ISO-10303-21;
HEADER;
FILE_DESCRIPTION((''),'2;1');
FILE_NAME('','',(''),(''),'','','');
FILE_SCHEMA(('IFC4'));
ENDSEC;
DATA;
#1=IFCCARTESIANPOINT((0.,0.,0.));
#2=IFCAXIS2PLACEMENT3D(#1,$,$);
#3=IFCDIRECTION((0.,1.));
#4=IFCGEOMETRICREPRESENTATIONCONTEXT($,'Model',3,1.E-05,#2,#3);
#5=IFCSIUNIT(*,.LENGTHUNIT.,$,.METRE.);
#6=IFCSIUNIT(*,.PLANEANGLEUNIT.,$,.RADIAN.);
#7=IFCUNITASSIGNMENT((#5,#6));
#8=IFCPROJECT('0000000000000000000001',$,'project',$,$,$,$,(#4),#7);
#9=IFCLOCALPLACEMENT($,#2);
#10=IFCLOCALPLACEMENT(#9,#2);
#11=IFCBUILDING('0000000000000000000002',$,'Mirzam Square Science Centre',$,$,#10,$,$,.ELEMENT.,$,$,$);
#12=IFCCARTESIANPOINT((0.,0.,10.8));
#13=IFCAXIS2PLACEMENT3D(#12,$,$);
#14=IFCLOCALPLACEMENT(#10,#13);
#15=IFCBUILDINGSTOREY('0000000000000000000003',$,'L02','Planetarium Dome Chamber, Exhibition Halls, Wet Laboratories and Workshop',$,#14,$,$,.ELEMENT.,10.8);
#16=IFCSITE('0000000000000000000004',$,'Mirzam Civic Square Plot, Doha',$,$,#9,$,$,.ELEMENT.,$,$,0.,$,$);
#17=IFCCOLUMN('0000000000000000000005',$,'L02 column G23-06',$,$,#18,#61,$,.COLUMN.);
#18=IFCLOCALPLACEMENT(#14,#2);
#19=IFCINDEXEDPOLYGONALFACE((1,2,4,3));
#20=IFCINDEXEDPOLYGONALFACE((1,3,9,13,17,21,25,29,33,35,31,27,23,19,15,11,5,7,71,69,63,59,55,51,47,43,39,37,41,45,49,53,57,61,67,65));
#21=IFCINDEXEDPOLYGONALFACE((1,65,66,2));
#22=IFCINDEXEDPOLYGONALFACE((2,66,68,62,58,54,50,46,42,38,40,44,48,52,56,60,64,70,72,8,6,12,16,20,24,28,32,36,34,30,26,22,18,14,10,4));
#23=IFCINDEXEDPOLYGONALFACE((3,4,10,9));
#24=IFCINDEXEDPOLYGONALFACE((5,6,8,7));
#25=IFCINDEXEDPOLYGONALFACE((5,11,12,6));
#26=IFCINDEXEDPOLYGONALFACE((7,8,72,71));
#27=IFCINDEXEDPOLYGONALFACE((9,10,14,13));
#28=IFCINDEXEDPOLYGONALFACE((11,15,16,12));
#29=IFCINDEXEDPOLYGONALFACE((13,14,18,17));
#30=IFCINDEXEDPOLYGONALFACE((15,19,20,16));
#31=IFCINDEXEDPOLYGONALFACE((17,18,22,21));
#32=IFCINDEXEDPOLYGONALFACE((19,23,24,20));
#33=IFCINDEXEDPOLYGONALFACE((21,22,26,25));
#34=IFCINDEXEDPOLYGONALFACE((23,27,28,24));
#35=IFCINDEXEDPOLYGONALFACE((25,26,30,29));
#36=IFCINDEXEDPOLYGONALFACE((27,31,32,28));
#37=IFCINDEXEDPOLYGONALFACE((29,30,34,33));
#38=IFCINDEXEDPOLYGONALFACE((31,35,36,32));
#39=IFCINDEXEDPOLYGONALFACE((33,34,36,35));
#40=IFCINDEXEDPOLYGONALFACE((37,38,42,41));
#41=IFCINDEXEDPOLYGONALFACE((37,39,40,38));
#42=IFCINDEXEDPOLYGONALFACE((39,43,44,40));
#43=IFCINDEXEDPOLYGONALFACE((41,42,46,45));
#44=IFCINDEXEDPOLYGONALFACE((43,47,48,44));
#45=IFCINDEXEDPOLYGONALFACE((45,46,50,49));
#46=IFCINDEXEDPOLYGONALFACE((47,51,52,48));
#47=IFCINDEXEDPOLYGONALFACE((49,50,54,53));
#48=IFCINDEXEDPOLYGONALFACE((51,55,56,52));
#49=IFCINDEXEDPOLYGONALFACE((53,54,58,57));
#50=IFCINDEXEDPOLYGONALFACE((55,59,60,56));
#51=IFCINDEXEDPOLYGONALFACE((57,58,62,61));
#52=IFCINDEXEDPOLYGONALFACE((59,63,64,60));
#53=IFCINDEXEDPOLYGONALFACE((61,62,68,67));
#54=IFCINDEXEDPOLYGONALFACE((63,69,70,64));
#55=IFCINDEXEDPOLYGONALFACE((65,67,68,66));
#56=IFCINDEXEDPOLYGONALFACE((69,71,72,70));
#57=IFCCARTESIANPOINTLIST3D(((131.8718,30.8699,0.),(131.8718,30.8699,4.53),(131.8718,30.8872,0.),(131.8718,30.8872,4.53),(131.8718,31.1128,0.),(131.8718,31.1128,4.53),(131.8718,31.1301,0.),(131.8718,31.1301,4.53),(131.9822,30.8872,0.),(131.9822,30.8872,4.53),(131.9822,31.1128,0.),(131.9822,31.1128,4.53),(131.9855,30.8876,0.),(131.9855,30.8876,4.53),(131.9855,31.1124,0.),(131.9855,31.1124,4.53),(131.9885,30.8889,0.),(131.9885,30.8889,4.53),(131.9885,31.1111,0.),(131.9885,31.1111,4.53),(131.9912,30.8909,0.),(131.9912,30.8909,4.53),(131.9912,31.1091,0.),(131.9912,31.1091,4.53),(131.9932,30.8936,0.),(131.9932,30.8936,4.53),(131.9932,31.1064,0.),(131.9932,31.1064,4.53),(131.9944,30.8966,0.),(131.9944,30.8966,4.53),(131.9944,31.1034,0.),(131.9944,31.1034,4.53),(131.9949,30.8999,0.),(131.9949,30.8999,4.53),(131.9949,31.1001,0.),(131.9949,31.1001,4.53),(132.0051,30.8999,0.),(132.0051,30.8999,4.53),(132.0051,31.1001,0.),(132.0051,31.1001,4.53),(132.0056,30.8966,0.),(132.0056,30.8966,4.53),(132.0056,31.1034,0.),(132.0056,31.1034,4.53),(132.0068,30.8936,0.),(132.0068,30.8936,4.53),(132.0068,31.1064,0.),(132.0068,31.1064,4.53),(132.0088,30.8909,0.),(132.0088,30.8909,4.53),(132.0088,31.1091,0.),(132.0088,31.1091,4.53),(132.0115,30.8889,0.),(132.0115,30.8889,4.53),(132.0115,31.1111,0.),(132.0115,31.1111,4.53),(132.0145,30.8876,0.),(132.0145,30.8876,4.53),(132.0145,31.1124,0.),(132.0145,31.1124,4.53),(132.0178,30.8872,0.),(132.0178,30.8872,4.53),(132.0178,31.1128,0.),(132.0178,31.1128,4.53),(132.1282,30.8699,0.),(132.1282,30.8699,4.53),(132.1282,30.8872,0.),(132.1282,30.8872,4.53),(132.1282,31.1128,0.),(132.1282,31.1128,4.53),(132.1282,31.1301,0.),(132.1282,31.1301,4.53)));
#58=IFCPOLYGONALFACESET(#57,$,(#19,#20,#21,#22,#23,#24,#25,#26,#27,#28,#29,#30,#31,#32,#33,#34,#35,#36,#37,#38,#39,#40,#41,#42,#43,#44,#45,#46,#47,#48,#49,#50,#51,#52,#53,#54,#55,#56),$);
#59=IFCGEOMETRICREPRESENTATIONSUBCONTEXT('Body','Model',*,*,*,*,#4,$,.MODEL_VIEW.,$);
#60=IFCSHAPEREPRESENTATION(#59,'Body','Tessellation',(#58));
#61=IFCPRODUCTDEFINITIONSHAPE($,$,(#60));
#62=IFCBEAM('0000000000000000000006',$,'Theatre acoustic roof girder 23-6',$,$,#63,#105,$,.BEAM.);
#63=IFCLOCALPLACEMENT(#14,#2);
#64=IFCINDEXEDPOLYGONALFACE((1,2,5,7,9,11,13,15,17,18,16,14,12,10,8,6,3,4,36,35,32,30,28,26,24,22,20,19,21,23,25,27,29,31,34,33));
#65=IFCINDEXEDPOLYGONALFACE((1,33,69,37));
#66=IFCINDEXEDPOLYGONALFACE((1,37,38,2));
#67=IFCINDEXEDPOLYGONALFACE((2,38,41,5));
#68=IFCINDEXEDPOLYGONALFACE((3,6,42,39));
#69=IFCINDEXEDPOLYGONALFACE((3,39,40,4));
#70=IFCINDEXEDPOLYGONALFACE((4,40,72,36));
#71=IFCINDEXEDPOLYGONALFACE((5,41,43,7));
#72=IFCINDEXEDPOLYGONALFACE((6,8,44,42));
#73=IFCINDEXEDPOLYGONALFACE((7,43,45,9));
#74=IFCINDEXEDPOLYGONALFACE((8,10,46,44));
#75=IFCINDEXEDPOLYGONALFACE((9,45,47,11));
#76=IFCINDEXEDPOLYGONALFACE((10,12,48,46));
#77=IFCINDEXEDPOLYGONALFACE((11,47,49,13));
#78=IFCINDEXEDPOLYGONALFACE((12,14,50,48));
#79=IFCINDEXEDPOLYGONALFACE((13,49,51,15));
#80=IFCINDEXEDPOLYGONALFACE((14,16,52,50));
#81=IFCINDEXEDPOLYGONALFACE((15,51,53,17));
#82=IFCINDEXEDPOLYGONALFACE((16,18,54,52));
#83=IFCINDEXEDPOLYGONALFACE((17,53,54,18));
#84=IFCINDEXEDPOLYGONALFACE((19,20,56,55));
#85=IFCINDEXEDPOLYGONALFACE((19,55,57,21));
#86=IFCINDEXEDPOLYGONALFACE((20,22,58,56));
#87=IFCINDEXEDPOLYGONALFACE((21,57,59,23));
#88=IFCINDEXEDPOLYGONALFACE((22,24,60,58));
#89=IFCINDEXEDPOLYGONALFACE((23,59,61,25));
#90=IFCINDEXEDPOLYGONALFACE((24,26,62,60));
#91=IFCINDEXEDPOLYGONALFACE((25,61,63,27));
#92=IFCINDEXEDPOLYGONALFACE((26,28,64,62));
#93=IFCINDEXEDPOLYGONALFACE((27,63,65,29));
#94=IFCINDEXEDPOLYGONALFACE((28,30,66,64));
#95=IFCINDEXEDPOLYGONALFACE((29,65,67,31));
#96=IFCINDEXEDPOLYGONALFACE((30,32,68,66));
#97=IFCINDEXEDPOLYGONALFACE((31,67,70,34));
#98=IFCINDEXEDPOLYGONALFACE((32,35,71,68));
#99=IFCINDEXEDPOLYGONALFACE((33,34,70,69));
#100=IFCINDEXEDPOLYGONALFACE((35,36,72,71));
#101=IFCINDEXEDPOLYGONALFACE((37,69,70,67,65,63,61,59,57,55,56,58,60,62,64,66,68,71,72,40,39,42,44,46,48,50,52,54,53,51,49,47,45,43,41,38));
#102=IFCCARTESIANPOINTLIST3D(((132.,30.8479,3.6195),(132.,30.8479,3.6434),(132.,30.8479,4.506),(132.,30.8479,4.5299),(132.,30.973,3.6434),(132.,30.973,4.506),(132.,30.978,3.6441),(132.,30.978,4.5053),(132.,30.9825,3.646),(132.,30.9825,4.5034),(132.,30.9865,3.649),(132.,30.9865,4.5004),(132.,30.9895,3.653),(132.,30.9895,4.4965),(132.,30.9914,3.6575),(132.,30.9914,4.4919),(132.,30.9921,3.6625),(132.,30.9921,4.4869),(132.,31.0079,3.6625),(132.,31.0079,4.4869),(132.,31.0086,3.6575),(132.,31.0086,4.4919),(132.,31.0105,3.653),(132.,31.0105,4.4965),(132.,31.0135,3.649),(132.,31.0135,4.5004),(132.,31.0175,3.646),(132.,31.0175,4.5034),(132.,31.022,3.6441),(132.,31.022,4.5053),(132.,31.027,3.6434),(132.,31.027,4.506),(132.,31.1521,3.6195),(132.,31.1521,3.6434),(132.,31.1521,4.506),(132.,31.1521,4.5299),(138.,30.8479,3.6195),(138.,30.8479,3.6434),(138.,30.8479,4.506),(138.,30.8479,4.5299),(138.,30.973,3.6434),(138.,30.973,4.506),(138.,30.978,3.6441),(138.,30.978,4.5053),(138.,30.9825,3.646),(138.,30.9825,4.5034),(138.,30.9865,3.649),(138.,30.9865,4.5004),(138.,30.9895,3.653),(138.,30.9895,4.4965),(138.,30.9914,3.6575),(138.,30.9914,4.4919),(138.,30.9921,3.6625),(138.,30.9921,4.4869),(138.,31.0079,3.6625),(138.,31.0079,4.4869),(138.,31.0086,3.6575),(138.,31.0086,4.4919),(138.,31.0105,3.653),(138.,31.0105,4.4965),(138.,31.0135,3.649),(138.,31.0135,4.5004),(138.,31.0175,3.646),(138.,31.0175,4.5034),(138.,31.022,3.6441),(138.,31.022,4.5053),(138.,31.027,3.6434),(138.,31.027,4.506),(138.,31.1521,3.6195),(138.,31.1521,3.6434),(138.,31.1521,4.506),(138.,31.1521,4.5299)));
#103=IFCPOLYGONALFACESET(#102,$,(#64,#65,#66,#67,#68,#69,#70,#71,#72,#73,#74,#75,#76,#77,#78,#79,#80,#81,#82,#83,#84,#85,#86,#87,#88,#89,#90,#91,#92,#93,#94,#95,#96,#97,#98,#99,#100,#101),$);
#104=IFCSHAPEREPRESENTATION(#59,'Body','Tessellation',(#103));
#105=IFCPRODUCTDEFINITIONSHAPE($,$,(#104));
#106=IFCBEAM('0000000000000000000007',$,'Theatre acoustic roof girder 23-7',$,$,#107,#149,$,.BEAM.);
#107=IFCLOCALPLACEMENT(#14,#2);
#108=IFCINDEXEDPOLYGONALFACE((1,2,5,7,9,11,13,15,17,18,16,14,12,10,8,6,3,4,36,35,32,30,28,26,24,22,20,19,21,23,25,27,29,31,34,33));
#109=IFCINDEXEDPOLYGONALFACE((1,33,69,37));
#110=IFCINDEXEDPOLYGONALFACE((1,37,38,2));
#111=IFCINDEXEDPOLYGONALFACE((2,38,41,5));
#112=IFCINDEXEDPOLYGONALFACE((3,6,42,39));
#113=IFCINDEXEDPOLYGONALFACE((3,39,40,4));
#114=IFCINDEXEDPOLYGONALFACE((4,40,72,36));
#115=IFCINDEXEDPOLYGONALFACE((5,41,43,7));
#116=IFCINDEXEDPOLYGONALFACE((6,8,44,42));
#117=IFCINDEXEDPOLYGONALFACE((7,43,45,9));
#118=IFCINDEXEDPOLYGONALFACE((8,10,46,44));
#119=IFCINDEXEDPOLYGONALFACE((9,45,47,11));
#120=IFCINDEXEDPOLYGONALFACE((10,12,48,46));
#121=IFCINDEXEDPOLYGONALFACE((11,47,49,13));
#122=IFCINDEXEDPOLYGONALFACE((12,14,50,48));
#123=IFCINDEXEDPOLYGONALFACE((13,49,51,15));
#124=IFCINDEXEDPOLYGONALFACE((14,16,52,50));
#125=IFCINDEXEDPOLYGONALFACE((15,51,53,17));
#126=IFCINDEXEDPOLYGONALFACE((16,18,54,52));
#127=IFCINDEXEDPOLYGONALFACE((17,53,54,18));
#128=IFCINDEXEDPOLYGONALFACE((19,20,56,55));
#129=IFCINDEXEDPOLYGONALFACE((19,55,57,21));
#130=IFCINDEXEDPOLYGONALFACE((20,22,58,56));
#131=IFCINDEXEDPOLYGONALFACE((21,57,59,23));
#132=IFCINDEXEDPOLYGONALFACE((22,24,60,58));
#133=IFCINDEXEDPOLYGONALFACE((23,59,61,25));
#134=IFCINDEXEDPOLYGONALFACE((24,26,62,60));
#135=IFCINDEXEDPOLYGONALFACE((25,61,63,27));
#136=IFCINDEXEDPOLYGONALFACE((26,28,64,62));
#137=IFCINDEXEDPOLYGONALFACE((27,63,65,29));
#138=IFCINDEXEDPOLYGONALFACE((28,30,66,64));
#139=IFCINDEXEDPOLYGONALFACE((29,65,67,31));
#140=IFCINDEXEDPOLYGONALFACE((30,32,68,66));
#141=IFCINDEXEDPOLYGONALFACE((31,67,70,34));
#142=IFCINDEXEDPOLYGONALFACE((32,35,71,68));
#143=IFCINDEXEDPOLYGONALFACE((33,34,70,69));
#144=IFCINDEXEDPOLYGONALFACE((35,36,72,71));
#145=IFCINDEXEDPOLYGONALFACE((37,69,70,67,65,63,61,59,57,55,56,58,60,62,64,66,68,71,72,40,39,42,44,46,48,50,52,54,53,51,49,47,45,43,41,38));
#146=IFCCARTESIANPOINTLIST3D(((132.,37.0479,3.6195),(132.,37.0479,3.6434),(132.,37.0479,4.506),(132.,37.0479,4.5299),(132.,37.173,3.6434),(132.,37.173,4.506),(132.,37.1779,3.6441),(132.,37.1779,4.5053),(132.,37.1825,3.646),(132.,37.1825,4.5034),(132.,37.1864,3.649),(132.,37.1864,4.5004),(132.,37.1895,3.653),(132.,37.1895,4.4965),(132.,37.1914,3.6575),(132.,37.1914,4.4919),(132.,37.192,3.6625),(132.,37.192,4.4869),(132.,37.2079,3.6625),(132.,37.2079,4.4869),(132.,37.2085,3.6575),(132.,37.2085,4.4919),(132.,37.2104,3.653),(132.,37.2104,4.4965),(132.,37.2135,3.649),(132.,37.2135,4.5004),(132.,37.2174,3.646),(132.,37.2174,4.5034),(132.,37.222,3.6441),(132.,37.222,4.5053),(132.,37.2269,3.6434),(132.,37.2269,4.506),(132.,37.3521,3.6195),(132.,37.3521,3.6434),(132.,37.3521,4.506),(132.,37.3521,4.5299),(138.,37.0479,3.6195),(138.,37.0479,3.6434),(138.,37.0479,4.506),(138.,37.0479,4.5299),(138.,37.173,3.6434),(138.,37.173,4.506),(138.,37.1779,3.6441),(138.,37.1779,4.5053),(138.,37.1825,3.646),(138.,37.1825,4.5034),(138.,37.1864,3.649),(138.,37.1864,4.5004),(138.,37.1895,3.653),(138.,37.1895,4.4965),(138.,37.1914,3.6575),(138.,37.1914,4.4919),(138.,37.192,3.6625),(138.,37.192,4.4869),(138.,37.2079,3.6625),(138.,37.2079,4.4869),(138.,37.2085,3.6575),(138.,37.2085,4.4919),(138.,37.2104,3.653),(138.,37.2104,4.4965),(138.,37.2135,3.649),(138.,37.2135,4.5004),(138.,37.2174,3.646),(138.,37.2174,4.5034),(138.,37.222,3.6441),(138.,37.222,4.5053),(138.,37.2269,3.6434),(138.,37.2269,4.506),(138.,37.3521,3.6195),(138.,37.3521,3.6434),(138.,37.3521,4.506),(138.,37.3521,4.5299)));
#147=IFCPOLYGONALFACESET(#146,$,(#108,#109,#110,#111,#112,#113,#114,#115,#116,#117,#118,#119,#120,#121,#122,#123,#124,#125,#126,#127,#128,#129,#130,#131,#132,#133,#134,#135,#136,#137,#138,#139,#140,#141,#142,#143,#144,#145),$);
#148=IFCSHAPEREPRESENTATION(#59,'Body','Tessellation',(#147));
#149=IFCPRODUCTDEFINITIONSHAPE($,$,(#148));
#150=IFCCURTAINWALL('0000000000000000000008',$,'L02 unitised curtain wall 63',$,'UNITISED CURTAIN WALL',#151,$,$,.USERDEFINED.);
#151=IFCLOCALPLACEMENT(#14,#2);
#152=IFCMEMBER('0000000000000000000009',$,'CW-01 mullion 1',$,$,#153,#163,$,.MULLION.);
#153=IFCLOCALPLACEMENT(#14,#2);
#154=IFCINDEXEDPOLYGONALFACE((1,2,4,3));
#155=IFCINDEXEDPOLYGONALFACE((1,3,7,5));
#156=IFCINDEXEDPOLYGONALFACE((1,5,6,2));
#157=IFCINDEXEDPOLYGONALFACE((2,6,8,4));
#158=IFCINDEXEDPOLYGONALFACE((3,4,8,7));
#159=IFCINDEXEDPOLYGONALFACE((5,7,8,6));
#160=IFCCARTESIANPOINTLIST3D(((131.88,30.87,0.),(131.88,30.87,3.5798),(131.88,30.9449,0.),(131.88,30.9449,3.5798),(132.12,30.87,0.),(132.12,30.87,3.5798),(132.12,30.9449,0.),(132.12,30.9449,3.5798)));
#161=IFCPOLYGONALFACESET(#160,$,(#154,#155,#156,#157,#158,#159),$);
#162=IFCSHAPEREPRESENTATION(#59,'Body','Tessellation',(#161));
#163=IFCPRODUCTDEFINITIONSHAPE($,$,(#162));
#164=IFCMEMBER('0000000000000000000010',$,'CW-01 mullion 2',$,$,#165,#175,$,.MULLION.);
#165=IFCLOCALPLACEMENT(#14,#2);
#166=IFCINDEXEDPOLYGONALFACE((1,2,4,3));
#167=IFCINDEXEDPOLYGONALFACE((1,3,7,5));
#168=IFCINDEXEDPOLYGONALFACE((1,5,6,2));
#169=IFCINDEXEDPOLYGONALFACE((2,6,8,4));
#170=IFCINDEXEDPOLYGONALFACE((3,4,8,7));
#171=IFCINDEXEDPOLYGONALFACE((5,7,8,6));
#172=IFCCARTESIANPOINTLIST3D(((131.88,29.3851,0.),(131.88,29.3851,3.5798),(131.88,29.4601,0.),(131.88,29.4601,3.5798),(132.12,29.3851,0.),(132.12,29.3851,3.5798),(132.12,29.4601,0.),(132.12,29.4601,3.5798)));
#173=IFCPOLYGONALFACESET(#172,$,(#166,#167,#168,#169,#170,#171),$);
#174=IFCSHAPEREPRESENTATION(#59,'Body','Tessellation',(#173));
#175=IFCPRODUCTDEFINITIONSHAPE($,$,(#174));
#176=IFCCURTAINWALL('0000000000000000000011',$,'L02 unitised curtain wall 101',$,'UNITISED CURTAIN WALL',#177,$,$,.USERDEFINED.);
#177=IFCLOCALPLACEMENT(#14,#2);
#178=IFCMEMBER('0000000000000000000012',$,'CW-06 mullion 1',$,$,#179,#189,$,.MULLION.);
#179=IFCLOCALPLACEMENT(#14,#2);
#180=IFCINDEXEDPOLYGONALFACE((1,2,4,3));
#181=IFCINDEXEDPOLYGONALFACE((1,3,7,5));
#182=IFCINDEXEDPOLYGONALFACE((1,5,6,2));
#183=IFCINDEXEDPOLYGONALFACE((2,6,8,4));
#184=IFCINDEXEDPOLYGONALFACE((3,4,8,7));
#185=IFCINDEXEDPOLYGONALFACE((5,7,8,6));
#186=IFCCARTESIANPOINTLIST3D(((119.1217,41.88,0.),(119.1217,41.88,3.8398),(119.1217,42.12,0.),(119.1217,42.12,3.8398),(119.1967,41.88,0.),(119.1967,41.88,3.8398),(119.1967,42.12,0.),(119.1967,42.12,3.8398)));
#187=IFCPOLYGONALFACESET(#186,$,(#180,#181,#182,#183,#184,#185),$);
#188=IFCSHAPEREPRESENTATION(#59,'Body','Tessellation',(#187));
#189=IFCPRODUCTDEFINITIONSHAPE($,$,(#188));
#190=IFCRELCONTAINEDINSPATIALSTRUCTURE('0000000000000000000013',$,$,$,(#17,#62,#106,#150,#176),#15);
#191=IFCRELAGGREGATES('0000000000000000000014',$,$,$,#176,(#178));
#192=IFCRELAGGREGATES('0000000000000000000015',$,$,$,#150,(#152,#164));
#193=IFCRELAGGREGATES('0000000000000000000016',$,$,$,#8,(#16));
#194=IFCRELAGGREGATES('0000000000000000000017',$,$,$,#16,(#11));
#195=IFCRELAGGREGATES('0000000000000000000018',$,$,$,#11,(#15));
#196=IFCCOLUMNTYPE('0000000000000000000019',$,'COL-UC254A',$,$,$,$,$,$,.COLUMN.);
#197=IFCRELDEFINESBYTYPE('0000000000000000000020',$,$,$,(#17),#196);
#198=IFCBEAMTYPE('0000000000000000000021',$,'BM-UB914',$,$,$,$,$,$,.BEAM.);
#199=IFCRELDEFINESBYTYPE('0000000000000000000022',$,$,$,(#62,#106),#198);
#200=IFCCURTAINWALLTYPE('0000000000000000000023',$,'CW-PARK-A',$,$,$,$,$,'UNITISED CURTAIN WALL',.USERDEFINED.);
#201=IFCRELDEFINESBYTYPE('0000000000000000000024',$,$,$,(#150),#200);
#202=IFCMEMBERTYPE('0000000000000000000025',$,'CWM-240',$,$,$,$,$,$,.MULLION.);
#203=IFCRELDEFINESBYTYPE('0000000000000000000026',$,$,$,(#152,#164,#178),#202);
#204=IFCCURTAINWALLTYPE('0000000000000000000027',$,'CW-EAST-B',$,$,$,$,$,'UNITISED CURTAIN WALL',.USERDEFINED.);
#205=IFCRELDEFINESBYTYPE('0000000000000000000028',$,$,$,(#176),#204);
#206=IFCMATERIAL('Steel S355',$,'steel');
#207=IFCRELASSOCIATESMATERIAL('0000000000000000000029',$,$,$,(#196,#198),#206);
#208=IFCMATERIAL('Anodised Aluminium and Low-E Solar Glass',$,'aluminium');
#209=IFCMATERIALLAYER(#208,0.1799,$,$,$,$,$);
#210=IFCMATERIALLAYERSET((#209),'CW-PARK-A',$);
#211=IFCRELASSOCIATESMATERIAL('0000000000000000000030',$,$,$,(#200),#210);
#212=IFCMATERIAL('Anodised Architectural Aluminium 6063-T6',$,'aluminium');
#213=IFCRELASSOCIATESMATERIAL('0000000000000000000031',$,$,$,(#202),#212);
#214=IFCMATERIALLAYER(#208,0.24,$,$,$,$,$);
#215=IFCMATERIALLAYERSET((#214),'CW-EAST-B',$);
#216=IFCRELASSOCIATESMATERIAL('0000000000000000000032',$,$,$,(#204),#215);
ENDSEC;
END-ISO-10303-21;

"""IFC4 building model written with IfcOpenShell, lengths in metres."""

from ifc_helpers import new_model, si_unit, direction, frame, origin, origin_2d, place, context, subcontext, project, spatial, rectangle, i_section, extrude, material, layer, layer_set, material_profile, profile_set, type_object, element, aggregate, save


model = new_model("IFC4")

# Units and contexts
model_context = context("Model", 3, precision=1e-05, world=origin(), true_north=direction((0.0, 1.0)))
body_context = subcontext(model_context, "Body", "Model", "MODEL_VIEW")
ifc_project = project(units=[si_unit("LENGTHUNIT", "METRE"), si_unit("PLANEANGLEUNIT", "RADIAN")], contexts=[model_context])

# Site, building, storey
site_placement = place(None, origin())
site = spatial("IfcSite", under=ifc_project, at=site_placement, Name="Mirzam Civic Square Plot, Doha", CompositionType="ELEMENT", RefElevation=0.0)
building_placement = place(site_placement, origin())
building = spatial("IfcBuilding", under=site, at=building_placement, Name="Mirzam Square Science Centre", CompositionType="ELEMENT")
storey_placement = place(building_placement, frame((0.0, 0.0, 10.8)))
storey = spatial("IfcBuildingStorey", under=building, at=storey_placement, Name="L02", Description="Planetarium Dome Chamber, Exhibition Halls, Wet Laboratories and Workshop", CompositionType="ELEMENT", Elevation=10.8)

# Column
ifc_material_1 = material(Name="Steel S355", Category="steel")
ifc_material_profile_1 = material_profile(ifc_material_1, i_section(OverallWidth=0.2563, OverallDepth=0.2603, WebThickness=0.0103, FlangeThickness=0.0173, FilletRadius=0.0127, at=origin_2d()), Name="254x254x89UC")
ifc_profile_set_1 = profile_set([ifc_material_profile_1], Name="Steel S355")
column_type_1 = type_object("IfcColumnType", Name="COL-UC254A", PredefinedType="COLUMN", material=ifc_profile_set_1)
column_placement = place(storey_placement, frame((132.0, 31.0, 0.0), z_axis=(0.0, 0.0, 1.0), x_axis=(1.0, 0.0, 0.0)))
element("IfcColumn", 1, at=column_placement, inside=storey, type_object=column_type_1, Name="L02 column G23-06", PredefinedType="COLUMN", context=body_context, shape_type="SweptSolid", body=[
    extrude(i_section(OverallWidth=0.2563, OverallDepth=0.2603, WebThickness=0.0103, FlangeThickness=0.0173, FilletRadius=0.0127, at=origin_2d()), origin(), (0.0, 0.0, 1.0), 4.53),
])

# Beams
ifc_material_profile_2 = material_profile(ifc_material_1, i_section(OverallWidth=0.3042, OverallDepth=0.9104, WebThickness=0.0159, FlangeThickness=0.0239, FilletRadius=0.019, at=origin_2d()), Name="914x305x224UB")
ifc_profile_set_2 = profile_set([ifc_material_profile_2], Name="Steel S355")
beam_type_1 = type_object("IfcBeamType", Name="BM-UB914", PredefinedType="BEAM", material=ifc_profile_set_2)
for number, where, z_axis, x_axis, name in (
    (2, (132.0, 31.0, 4.0747), (1.0, 0.0, 0.0), (0.0, 1.0, 0.0), "Theatre acoustic roof girder 23-6"),
    (3, (132.0, 37.2, 4.0747), (1.0, 0.0, 0.0), (0.0, 1.0, 0.0), "Theatre acoustic roof girder 23-7"),
):
    element("IfcBeam", number, at=place(storey_placement, frame(where, z_axis=z_axis, x_axis=x_axis)), inside=storey, type_object=beam_type_1, Name=name, PredefinedType="BEAM", context=body_context, shape_type="SweptSolid", body=[
        extrude(i_section(OverallWidth=0.3042, OverallDepth=0.9104, WebThickness=0.0159, FlangeThickness=0.0239, FilletRadius=0.019, at=origin_2d()), origin(), (0.0, 0.0, 1.0), 6.0),
    ])

# Curtain wall, members
ifc_material_2 = material(Name="Anodised Aluminium and Low-E Solar Glass", Category="aluminium")
ifc_layer_1 = layer(ifc_material_2, 0.1799)
ifc_layer_set_1 = layer_set([ifc_layer_1], Name="CW-PARK-A")
curtain_wall_type_1 = type_object("IfcCurtainWallType", Name="CW-PARK-A", ElementType="UNITISED CURTAIN WALL", PredefinedType="USERDEFINED", material=ifc_layer_set_1)
curtain_wall_1_placement = place(storey_placement, origin())
curtain_wall_1 = element("IfcCurtainWall", 4, at=curtain_wall_1_placement, inside=storey, type_object=curtain_wall_type_1, Name="L02 unitised curtain wall 63", ObjectType="UNITISED CURTAIN WALL", PredefinedType="USERDEFINED")
ifc_material_3 = material(Name="Anodised Architectural Aluminium 6063-T6", Category="aluminium")
ifc_material_profile_3 = material_profile(ifc_material_3, rectangle(XDim=0.075, YDim=0.24, at=origin_2d()), Name="ALU-MULL-240x75x5")
ifc_profile_set_3 = profile_set([ifc_material_profile_3], Name="Anodised Architectural Aluminium 6063-T6")
member_type_1 = type_object("IfcMemberType", Name="CWM-240", PredefinedType="MULLION", material=ifc_profile_set_3)
member_1_placement = place(storey_placement, frame((132.0, 30.9075, 0.0), z_axis=(0.0, 0.0, 1.0), x_axis=(0.0, -1.0, 0.0)))
member_1 = element("IfcMember", 5, at=member_1_placement, type_object=member_type_1, Name="CW-01 mullion 1", PredefinedType="MULLION", context=body_context, shape_type="SweptSolid", body=[
    extrude(rectangle(XDim=0.075, YDim=0.24, at=origin_2d()), origin(), (0.0, 0.0, 1.0), 3.5798),
])
member_2_placement = place(storey_placement, frame((132.0, 29.4226, 0.0), z_axis=(0.0, 0.0, 1.0), x_axis=(0.0, -1.0, 0.0)))
member_2 = element("IfcMember", 6, at=member_2_placement, type_object=member_type_1, Name="CW-01 mullion 2", PredefinedType="MULLION", context=body_context, shape_type="SweptSolid", body=[
    extrude(rectangle(XDim=0.075, YDim=0.24, at=origin_2d()), origin(), (0.0, 0.0, 1.0), 3.5798),
])

# Curtain wall, member
ifc_layer_2 = layer(ifc_material_2, 0.24)
ifc_layer_set_2 = layer_set([ifc_layer_2], Name="CW-EAST-B")
curtain_wall_type_2 = type_object("IfcCurtainWallType", Name="CW-EAST-B", ElementType="UNITISED CURTAIN WALL", PredefinedType="USERDEFINED", material=ifc_layer_set_2)
curtain_wall_2_placement = place(storey_placement, origin())
curtain_wall_2 = element("IfcCurtainWall", 7, at=curtain_wall_2_placement, inside=storey, type_object=curtain_wall_type_2, Name="L02 unitised curtain wall 101", ObjectType="UNITISED CURTAIN WALL", PredefinedType="USERDEFINED")
member_3_placement = place(storey_placement, frame((119.1592, 42.0, 0.0), z_axis=(0.0, 0.0, 1.0), x_axis=(1.0, 0.0, 0.0)))
member_3 = element("IfcMember", 8, at=member_3_placement, type_object=member_type_1, Name="CW-06 mullion 1", PredefinedType="MULLION", context=body_context, shape_type="SweptSolid", body=[
    extrude(rectangle(XDim=0.075, YDim=0.24, at=origin_2d()), origin(), (0.0, 0.0, 1.0), 3.8398),
])

aggregate(curtain_wall_2, [member_3])

aggregate(curtain_wall_1, [member_1, member_2])

save(model, "model.ifc")
